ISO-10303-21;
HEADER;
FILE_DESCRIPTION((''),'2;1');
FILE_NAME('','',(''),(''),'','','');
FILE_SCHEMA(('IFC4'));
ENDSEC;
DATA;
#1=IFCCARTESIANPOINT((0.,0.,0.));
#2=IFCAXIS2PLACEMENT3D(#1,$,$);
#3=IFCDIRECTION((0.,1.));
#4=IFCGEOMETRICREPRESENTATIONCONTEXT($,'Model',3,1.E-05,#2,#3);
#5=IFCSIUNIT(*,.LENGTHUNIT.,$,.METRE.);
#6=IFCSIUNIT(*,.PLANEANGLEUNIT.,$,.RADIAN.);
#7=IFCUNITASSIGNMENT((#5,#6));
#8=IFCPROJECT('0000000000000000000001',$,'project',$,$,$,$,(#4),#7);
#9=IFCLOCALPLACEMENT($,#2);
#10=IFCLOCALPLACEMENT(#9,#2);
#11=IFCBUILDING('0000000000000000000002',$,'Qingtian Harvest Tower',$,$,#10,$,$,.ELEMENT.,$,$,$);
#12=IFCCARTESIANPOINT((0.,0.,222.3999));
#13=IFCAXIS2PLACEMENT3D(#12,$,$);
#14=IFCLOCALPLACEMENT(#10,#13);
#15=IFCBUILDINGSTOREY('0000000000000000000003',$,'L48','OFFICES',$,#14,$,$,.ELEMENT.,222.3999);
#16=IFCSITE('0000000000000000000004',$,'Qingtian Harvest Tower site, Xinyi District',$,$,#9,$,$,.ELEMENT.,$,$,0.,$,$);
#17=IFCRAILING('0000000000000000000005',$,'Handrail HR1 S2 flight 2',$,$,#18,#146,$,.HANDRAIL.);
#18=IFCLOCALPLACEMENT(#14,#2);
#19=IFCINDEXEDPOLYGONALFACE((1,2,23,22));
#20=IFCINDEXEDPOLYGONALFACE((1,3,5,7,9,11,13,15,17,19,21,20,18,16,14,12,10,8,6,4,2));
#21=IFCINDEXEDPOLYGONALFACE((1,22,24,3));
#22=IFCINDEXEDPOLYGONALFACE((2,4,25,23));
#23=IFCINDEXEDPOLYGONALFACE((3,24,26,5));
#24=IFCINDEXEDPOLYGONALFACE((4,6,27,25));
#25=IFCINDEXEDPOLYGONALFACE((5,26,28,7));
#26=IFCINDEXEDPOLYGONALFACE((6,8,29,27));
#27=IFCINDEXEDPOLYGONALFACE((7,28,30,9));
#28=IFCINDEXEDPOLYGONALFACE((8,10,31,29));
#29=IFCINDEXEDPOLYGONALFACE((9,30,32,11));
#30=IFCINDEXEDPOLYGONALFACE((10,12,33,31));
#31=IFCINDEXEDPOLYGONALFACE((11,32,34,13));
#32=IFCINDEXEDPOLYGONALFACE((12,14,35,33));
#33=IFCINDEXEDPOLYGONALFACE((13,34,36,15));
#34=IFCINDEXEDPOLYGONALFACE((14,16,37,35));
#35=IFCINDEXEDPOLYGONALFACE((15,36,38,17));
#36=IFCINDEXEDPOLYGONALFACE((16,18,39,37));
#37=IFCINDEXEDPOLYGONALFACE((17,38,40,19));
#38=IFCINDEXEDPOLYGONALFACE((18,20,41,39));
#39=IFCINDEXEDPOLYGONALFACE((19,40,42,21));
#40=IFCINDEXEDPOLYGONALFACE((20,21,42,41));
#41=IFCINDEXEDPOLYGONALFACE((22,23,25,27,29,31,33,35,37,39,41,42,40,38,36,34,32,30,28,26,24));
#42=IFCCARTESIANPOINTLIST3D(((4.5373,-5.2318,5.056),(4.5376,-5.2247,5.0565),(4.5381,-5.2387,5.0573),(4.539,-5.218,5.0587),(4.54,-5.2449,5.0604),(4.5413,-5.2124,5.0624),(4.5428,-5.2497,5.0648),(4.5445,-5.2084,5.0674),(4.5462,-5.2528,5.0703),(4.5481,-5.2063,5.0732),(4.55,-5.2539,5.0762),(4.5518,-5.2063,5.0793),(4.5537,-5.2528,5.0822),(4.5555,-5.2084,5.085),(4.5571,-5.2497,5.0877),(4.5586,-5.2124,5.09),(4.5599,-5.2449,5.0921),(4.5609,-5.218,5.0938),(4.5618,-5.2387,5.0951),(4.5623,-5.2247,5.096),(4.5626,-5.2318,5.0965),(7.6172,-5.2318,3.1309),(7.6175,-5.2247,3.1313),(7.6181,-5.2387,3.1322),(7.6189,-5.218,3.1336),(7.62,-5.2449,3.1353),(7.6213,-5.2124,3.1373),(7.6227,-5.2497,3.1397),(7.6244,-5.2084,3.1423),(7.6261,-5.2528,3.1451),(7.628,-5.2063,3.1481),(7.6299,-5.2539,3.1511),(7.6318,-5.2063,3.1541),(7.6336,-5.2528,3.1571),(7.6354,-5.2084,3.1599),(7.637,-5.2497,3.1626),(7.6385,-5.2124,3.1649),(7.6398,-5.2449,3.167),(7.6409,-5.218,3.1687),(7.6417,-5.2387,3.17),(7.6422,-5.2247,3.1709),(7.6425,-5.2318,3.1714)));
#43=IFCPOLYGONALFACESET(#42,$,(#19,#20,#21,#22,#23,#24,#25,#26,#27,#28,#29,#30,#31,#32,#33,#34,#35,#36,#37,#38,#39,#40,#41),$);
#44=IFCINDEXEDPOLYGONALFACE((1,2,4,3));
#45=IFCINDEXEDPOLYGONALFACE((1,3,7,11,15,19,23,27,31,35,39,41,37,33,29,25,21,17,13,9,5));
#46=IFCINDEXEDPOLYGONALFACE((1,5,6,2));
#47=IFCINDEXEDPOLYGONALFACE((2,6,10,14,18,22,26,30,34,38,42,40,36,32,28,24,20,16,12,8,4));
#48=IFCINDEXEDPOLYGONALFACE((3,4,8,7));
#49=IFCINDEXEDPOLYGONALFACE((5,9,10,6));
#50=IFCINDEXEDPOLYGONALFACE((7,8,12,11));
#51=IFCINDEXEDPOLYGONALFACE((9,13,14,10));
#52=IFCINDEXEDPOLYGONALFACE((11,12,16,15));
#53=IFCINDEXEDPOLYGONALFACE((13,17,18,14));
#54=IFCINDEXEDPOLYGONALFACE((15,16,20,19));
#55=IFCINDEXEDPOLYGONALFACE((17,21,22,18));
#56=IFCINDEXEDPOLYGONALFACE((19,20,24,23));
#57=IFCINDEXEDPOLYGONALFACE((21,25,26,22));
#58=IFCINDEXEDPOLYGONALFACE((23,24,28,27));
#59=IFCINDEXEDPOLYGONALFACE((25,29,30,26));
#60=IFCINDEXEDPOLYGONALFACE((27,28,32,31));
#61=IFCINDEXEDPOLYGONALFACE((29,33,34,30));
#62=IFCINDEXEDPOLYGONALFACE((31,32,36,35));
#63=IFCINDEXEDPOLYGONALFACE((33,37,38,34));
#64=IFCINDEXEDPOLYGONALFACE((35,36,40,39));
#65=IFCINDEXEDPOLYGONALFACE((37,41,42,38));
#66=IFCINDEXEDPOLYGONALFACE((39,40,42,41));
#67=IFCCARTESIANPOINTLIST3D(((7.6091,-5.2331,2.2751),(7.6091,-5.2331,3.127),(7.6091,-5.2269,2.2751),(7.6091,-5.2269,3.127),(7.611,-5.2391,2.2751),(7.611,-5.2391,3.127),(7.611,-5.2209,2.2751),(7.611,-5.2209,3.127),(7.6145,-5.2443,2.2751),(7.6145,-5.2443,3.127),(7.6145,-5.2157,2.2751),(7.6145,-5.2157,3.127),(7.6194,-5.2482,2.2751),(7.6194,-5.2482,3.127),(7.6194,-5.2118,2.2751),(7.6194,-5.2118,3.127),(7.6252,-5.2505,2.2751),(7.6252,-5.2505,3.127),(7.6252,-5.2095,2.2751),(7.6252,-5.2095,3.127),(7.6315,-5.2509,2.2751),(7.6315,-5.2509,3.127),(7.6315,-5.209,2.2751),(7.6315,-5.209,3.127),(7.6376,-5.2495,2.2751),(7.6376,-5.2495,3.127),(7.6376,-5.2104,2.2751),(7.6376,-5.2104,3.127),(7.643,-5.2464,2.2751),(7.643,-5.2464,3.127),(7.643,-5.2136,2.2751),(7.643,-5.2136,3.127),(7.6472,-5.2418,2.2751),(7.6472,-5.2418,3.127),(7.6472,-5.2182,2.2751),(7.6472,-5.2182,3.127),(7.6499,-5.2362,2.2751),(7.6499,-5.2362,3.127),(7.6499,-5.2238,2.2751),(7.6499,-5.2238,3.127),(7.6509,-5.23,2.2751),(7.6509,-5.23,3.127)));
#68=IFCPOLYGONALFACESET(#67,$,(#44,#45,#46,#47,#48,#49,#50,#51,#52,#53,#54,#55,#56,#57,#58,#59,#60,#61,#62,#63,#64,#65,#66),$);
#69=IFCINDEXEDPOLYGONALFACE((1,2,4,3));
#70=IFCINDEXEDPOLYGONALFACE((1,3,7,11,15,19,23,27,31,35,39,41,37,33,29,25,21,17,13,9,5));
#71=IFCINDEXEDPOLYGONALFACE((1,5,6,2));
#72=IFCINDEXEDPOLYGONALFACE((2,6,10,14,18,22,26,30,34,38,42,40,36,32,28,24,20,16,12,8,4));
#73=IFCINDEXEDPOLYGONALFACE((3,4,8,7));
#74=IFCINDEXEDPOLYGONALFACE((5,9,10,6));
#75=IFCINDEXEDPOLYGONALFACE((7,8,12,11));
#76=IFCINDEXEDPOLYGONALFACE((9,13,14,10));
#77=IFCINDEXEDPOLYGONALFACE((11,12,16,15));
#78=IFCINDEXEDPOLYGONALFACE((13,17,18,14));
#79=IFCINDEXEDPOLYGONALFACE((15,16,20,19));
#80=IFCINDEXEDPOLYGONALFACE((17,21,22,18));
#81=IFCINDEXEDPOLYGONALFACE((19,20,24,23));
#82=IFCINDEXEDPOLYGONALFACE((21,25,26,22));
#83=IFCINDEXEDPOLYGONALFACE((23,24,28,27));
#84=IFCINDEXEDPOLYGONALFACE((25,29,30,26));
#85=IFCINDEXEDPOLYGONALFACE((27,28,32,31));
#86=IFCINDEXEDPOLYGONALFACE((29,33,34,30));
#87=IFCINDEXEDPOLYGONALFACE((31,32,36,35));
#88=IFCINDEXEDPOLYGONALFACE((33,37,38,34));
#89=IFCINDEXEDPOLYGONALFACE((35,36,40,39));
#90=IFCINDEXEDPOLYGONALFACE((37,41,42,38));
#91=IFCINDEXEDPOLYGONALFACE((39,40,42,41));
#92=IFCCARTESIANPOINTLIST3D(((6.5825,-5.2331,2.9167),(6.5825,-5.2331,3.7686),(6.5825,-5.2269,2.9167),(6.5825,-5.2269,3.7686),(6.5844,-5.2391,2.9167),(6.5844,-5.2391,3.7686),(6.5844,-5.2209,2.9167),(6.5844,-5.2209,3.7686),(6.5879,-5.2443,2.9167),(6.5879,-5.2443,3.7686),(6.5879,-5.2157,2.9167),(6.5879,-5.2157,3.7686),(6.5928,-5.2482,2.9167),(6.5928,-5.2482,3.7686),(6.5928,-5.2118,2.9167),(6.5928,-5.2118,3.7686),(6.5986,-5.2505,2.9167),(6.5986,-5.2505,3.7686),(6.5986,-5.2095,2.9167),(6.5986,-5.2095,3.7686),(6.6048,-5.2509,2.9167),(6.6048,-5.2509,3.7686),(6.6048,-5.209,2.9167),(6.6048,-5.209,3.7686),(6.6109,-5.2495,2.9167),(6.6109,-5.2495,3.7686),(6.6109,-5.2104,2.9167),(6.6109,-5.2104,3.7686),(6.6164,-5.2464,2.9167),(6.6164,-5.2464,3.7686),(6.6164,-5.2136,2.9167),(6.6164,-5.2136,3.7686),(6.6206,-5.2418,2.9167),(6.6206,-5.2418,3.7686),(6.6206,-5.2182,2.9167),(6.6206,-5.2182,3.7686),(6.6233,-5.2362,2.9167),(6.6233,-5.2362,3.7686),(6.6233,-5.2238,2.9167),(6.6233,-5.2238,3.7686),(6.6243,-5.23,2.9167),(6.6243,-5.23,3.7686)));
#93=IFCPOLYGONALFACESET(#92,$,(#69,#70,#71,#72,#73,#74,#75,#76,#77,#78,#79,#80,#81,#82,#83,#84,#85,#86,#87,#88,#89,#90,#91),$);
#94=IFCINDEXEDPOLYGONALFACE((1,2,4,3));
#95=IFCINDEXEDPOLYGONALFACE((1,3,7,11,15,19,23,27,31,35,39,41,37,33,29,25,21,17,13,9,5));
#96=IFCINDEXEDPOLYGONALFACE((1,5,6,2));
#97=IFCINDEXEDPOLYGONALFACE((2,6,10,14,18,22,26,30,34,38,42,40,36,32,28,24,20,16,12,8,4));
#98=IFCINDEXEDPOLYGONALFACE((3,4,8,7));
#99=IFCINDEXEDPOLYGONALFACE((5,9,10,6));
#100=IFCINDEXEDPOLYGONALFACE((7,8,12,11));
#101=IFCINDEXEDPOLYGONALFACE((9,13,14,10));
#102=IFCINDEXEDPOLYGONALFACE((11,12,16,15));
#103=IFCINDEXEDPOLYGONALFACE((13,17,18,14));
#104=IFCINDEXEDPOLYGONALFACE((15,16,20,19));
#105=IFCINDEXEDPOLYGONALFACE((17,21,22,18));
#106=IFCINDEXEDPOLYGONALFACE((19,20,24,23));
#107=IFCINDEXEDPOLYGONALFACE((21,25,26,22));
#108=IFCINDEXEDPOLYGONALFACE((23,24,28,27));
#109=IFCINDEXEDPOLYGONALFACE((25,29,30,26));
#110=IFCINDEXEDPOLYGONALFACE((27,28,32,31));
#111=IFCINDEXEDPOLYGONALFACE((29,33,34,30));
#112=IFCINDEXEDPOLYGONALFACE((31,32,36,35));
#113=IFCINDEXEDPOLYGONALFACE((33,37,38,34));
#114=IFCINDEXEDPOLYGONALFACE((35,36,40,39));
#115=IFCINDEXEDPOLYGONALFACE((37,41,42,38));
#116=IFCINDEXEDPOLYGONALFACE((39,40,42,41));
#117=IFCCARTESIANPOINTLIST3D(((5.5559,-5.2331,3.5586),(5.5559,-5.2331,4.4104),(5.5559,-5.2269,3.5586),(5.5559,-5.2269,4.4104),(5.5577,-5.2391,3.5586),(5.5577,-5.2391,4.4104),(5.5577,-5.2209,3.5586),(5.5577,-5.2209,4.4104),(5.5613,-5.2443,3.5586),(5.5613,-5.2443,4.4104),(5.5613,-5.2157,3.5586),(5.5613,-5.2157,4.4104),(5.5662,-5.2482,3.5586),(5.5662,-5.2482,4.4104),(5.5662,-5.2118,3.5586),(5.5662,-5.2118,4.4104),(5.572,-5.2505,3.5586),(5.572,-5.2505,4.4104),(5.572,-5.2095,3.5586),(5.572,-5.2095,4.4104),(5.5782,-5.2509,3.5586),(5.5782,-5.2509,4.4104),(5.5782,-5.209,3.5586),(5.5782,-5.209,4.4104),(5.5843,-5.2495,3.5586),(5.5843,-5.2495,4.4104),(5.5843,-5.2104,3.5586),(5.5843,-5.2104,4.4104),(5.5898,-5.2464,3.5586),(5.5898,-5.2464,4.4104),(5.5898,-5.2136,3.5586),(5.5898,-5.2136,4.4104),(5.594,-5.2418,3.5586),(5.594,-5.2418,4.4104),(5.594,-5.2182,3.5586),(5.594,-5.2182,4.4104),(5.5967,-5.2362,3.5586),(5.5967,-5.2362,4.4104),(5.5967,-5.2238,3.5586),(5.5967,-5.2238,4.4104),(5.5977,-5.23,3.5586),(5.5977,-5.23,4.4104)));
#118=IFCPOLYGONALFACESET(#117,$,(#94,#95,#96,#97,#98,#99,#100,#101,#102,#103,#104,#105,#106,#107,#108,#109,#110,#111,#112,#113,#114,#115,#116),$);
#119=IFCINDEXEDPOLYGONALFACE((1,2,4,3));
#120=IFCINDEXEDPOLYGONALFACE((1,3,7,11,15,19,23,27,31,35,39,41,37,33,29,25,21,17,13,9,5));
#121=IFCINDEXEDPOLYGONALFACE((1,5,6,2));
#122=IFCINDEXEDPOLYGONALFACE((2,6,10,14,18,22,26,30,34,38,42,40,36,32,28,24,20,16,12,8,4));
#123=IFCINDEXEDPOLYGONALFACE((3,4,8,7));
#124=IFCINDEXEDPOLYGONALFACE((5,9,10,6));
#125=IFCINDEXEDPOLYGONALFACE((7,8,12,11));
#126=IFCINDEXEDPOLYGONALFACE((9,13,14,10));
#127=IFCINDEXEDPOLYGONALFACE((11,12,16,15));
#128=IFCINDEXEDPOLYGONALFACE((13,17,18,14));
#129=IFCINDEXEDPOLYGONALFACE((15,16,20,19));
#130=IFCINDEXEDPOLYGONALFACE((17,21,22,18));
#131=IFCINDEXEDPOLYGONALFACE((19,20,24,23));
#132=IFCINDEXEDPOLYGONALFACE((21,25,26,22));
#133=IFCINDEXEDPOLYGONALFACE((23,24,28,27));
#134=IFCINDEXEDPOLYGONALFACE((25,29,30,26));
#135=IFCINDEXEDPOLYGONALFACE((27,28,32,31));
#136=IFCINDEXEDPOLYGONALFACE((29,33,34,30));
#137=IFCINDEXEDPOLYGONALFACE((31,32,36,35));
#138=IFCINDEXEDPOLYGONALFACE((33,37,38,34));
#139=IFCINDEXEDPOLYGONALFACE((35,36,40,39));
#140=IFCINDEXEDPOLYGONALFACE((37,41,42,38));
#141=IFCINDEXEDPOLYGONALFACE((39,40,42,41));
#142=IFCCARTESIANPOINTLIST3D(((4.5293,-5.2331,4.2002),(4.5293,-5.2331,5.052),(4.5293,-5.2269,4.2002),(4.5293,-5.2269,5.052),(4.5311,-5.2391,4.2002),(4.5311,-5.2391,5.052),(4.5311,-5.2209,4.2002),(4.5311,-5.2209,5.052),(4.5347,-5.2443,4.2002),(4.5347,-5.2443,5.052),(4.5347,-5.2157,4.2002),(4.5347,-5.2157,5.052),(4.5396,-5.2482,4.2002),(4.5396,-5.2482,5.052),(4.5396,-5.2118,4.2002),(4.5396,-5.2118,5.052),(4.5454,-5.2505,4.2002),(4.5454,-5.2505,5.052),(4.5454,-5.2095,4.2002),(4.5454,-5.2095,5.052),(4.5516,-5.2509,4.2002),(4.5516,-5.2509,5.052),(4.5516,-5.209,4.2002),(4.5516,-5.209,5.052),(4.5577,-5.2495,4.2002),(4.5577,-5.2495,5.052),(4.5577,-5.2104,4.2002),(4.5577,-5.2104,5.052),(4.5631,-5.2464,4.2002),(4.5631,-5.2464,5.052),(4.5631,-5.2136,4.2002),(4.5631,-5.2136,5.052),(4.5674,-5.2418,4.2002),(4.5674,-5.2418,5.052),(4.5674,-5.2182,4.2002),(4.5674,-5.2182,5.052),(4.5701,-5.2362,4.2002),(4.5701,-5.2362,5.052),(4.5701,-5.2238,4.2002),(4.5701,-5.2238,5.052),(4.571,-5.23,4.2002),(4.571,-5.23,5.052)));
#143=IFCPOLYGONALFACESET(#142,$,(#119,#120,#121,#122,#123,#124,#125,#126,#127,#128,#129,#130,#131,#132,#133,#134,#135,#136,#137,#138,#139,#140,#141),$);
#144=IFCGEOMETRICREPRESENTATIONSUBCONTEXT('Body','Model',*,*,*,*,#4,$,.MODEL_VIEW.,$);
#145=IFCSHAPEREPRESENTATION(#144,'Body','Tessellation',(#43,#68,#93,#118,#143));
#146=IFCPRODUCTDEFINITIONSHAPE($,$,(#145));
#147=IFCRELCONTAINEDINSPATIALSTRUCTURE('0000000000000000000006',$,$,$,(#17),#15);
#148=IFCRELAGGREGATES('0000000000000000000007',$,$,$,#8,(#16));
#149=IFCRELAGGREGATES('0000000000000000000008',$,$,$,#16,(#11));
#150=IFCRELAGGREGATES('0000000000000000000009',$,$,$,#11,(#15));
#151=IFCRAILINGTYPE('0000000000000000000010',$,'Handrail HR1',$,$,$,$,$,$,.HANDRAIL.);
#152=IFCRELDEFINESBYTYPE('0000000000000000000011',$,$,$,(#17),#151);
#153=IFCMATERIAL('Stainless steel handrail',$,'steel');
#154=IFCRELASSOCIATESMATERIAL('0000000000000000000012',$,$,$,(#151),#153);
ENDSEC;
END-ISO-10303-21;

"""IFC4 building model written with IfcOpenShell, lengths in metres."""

from ifc_helpers import new_model, si_unit, direction, frame, origin, origin_2d, place, context, subcontext, project, spatial, circle, extrude, material, type_object, element, save


model = new_model("IFC4")

# Units and contexts
model_context = context("Model", 3, precision=1e-05, world=origin(), true_north=direction((0.0, 1.0)))
body_context = subcontext(model_context, "Body", "Model", "MODEL_VIEW")
ifc_project = project(units=[si_unit("LENGTHUNIT", "METRE"), si_unit("PLANEANGLEUNIT", "RADIAN")], contexts=[model_context])

# Site, building, storey
site_placement = place(None, origin())
site = spatial("IfcSite", under=ifc_project, at=site_placement, Name="Qingtian Harvest Tower site, Xinyi District", CompositionType="ELEMENT", RefElevation=0.0)
building_placement = place(site_placement, origin())
building = spatial("IfcBuilding", under=site, at=building_placement, Name="Qingtian Harvest Tower", CompositionType="ELEMENT")
storey_placement = place(building_placement, frame((0.0, 0.0, 222.3999)))
storey = spatial("IfcBuildingStorey", under=building, at=storey_placement, Name="L48", Description="OFFICES", CompositionType="ELEMENT", Elevation=222.3999)

# Railing
ifc_material_1 = material(Name="Stainless steel handrail", Category="steel")
railing_type = type_object("IfcRailingType", Name="Handrail HR1", PredefinedType="HANDRAIL", material=ifc_material_1)
railing_1_placement = place(storey_placement, frame((7.6299, -5.23, 2.2751)))
element("IfcRailing", 1, at=railing_1_placement, inside=storey, type_object=railing_type, Name="Handrail HR1 S2 flight 2", PredefinedType="HANDRAIL", context=body_context, shape_type="SweptSolid", body=[
    extrude(circle(Radius=0.0239, at=origin_2d()), frame((0.0, 0.0, 0.876), z_axis=(-0.847979, 0.0, 0.530029), x_axis=(0.0, -1.0, 0.0)), (0.0, 0.0, 1.0), 3.6321),
    extrude(circle(Radius=0.021, at=origin_2d()), origin(), (0.0, 0.0, 1.0), 0.8518),
    extrude(circle(Radius=0.021, at=origin_2d()), frame((-1.0266, 0.0, 0.6416)), (0.0, 0.0, 1.0), 0.8518),
    extrude(circle(Radius=0.021, at=origin_2d()), frame((-2.0532, 0.0, 1.2834)), (0.0, 0.0, 1.0), 0.8518),
    extrude(circle(Radius=0.021, at=origin_2d()), frame((-3.0798, 0.0, 1.925)), (0.0, 0.0, 1.0), 0.8518),
])

save(model, "model.ifc")
